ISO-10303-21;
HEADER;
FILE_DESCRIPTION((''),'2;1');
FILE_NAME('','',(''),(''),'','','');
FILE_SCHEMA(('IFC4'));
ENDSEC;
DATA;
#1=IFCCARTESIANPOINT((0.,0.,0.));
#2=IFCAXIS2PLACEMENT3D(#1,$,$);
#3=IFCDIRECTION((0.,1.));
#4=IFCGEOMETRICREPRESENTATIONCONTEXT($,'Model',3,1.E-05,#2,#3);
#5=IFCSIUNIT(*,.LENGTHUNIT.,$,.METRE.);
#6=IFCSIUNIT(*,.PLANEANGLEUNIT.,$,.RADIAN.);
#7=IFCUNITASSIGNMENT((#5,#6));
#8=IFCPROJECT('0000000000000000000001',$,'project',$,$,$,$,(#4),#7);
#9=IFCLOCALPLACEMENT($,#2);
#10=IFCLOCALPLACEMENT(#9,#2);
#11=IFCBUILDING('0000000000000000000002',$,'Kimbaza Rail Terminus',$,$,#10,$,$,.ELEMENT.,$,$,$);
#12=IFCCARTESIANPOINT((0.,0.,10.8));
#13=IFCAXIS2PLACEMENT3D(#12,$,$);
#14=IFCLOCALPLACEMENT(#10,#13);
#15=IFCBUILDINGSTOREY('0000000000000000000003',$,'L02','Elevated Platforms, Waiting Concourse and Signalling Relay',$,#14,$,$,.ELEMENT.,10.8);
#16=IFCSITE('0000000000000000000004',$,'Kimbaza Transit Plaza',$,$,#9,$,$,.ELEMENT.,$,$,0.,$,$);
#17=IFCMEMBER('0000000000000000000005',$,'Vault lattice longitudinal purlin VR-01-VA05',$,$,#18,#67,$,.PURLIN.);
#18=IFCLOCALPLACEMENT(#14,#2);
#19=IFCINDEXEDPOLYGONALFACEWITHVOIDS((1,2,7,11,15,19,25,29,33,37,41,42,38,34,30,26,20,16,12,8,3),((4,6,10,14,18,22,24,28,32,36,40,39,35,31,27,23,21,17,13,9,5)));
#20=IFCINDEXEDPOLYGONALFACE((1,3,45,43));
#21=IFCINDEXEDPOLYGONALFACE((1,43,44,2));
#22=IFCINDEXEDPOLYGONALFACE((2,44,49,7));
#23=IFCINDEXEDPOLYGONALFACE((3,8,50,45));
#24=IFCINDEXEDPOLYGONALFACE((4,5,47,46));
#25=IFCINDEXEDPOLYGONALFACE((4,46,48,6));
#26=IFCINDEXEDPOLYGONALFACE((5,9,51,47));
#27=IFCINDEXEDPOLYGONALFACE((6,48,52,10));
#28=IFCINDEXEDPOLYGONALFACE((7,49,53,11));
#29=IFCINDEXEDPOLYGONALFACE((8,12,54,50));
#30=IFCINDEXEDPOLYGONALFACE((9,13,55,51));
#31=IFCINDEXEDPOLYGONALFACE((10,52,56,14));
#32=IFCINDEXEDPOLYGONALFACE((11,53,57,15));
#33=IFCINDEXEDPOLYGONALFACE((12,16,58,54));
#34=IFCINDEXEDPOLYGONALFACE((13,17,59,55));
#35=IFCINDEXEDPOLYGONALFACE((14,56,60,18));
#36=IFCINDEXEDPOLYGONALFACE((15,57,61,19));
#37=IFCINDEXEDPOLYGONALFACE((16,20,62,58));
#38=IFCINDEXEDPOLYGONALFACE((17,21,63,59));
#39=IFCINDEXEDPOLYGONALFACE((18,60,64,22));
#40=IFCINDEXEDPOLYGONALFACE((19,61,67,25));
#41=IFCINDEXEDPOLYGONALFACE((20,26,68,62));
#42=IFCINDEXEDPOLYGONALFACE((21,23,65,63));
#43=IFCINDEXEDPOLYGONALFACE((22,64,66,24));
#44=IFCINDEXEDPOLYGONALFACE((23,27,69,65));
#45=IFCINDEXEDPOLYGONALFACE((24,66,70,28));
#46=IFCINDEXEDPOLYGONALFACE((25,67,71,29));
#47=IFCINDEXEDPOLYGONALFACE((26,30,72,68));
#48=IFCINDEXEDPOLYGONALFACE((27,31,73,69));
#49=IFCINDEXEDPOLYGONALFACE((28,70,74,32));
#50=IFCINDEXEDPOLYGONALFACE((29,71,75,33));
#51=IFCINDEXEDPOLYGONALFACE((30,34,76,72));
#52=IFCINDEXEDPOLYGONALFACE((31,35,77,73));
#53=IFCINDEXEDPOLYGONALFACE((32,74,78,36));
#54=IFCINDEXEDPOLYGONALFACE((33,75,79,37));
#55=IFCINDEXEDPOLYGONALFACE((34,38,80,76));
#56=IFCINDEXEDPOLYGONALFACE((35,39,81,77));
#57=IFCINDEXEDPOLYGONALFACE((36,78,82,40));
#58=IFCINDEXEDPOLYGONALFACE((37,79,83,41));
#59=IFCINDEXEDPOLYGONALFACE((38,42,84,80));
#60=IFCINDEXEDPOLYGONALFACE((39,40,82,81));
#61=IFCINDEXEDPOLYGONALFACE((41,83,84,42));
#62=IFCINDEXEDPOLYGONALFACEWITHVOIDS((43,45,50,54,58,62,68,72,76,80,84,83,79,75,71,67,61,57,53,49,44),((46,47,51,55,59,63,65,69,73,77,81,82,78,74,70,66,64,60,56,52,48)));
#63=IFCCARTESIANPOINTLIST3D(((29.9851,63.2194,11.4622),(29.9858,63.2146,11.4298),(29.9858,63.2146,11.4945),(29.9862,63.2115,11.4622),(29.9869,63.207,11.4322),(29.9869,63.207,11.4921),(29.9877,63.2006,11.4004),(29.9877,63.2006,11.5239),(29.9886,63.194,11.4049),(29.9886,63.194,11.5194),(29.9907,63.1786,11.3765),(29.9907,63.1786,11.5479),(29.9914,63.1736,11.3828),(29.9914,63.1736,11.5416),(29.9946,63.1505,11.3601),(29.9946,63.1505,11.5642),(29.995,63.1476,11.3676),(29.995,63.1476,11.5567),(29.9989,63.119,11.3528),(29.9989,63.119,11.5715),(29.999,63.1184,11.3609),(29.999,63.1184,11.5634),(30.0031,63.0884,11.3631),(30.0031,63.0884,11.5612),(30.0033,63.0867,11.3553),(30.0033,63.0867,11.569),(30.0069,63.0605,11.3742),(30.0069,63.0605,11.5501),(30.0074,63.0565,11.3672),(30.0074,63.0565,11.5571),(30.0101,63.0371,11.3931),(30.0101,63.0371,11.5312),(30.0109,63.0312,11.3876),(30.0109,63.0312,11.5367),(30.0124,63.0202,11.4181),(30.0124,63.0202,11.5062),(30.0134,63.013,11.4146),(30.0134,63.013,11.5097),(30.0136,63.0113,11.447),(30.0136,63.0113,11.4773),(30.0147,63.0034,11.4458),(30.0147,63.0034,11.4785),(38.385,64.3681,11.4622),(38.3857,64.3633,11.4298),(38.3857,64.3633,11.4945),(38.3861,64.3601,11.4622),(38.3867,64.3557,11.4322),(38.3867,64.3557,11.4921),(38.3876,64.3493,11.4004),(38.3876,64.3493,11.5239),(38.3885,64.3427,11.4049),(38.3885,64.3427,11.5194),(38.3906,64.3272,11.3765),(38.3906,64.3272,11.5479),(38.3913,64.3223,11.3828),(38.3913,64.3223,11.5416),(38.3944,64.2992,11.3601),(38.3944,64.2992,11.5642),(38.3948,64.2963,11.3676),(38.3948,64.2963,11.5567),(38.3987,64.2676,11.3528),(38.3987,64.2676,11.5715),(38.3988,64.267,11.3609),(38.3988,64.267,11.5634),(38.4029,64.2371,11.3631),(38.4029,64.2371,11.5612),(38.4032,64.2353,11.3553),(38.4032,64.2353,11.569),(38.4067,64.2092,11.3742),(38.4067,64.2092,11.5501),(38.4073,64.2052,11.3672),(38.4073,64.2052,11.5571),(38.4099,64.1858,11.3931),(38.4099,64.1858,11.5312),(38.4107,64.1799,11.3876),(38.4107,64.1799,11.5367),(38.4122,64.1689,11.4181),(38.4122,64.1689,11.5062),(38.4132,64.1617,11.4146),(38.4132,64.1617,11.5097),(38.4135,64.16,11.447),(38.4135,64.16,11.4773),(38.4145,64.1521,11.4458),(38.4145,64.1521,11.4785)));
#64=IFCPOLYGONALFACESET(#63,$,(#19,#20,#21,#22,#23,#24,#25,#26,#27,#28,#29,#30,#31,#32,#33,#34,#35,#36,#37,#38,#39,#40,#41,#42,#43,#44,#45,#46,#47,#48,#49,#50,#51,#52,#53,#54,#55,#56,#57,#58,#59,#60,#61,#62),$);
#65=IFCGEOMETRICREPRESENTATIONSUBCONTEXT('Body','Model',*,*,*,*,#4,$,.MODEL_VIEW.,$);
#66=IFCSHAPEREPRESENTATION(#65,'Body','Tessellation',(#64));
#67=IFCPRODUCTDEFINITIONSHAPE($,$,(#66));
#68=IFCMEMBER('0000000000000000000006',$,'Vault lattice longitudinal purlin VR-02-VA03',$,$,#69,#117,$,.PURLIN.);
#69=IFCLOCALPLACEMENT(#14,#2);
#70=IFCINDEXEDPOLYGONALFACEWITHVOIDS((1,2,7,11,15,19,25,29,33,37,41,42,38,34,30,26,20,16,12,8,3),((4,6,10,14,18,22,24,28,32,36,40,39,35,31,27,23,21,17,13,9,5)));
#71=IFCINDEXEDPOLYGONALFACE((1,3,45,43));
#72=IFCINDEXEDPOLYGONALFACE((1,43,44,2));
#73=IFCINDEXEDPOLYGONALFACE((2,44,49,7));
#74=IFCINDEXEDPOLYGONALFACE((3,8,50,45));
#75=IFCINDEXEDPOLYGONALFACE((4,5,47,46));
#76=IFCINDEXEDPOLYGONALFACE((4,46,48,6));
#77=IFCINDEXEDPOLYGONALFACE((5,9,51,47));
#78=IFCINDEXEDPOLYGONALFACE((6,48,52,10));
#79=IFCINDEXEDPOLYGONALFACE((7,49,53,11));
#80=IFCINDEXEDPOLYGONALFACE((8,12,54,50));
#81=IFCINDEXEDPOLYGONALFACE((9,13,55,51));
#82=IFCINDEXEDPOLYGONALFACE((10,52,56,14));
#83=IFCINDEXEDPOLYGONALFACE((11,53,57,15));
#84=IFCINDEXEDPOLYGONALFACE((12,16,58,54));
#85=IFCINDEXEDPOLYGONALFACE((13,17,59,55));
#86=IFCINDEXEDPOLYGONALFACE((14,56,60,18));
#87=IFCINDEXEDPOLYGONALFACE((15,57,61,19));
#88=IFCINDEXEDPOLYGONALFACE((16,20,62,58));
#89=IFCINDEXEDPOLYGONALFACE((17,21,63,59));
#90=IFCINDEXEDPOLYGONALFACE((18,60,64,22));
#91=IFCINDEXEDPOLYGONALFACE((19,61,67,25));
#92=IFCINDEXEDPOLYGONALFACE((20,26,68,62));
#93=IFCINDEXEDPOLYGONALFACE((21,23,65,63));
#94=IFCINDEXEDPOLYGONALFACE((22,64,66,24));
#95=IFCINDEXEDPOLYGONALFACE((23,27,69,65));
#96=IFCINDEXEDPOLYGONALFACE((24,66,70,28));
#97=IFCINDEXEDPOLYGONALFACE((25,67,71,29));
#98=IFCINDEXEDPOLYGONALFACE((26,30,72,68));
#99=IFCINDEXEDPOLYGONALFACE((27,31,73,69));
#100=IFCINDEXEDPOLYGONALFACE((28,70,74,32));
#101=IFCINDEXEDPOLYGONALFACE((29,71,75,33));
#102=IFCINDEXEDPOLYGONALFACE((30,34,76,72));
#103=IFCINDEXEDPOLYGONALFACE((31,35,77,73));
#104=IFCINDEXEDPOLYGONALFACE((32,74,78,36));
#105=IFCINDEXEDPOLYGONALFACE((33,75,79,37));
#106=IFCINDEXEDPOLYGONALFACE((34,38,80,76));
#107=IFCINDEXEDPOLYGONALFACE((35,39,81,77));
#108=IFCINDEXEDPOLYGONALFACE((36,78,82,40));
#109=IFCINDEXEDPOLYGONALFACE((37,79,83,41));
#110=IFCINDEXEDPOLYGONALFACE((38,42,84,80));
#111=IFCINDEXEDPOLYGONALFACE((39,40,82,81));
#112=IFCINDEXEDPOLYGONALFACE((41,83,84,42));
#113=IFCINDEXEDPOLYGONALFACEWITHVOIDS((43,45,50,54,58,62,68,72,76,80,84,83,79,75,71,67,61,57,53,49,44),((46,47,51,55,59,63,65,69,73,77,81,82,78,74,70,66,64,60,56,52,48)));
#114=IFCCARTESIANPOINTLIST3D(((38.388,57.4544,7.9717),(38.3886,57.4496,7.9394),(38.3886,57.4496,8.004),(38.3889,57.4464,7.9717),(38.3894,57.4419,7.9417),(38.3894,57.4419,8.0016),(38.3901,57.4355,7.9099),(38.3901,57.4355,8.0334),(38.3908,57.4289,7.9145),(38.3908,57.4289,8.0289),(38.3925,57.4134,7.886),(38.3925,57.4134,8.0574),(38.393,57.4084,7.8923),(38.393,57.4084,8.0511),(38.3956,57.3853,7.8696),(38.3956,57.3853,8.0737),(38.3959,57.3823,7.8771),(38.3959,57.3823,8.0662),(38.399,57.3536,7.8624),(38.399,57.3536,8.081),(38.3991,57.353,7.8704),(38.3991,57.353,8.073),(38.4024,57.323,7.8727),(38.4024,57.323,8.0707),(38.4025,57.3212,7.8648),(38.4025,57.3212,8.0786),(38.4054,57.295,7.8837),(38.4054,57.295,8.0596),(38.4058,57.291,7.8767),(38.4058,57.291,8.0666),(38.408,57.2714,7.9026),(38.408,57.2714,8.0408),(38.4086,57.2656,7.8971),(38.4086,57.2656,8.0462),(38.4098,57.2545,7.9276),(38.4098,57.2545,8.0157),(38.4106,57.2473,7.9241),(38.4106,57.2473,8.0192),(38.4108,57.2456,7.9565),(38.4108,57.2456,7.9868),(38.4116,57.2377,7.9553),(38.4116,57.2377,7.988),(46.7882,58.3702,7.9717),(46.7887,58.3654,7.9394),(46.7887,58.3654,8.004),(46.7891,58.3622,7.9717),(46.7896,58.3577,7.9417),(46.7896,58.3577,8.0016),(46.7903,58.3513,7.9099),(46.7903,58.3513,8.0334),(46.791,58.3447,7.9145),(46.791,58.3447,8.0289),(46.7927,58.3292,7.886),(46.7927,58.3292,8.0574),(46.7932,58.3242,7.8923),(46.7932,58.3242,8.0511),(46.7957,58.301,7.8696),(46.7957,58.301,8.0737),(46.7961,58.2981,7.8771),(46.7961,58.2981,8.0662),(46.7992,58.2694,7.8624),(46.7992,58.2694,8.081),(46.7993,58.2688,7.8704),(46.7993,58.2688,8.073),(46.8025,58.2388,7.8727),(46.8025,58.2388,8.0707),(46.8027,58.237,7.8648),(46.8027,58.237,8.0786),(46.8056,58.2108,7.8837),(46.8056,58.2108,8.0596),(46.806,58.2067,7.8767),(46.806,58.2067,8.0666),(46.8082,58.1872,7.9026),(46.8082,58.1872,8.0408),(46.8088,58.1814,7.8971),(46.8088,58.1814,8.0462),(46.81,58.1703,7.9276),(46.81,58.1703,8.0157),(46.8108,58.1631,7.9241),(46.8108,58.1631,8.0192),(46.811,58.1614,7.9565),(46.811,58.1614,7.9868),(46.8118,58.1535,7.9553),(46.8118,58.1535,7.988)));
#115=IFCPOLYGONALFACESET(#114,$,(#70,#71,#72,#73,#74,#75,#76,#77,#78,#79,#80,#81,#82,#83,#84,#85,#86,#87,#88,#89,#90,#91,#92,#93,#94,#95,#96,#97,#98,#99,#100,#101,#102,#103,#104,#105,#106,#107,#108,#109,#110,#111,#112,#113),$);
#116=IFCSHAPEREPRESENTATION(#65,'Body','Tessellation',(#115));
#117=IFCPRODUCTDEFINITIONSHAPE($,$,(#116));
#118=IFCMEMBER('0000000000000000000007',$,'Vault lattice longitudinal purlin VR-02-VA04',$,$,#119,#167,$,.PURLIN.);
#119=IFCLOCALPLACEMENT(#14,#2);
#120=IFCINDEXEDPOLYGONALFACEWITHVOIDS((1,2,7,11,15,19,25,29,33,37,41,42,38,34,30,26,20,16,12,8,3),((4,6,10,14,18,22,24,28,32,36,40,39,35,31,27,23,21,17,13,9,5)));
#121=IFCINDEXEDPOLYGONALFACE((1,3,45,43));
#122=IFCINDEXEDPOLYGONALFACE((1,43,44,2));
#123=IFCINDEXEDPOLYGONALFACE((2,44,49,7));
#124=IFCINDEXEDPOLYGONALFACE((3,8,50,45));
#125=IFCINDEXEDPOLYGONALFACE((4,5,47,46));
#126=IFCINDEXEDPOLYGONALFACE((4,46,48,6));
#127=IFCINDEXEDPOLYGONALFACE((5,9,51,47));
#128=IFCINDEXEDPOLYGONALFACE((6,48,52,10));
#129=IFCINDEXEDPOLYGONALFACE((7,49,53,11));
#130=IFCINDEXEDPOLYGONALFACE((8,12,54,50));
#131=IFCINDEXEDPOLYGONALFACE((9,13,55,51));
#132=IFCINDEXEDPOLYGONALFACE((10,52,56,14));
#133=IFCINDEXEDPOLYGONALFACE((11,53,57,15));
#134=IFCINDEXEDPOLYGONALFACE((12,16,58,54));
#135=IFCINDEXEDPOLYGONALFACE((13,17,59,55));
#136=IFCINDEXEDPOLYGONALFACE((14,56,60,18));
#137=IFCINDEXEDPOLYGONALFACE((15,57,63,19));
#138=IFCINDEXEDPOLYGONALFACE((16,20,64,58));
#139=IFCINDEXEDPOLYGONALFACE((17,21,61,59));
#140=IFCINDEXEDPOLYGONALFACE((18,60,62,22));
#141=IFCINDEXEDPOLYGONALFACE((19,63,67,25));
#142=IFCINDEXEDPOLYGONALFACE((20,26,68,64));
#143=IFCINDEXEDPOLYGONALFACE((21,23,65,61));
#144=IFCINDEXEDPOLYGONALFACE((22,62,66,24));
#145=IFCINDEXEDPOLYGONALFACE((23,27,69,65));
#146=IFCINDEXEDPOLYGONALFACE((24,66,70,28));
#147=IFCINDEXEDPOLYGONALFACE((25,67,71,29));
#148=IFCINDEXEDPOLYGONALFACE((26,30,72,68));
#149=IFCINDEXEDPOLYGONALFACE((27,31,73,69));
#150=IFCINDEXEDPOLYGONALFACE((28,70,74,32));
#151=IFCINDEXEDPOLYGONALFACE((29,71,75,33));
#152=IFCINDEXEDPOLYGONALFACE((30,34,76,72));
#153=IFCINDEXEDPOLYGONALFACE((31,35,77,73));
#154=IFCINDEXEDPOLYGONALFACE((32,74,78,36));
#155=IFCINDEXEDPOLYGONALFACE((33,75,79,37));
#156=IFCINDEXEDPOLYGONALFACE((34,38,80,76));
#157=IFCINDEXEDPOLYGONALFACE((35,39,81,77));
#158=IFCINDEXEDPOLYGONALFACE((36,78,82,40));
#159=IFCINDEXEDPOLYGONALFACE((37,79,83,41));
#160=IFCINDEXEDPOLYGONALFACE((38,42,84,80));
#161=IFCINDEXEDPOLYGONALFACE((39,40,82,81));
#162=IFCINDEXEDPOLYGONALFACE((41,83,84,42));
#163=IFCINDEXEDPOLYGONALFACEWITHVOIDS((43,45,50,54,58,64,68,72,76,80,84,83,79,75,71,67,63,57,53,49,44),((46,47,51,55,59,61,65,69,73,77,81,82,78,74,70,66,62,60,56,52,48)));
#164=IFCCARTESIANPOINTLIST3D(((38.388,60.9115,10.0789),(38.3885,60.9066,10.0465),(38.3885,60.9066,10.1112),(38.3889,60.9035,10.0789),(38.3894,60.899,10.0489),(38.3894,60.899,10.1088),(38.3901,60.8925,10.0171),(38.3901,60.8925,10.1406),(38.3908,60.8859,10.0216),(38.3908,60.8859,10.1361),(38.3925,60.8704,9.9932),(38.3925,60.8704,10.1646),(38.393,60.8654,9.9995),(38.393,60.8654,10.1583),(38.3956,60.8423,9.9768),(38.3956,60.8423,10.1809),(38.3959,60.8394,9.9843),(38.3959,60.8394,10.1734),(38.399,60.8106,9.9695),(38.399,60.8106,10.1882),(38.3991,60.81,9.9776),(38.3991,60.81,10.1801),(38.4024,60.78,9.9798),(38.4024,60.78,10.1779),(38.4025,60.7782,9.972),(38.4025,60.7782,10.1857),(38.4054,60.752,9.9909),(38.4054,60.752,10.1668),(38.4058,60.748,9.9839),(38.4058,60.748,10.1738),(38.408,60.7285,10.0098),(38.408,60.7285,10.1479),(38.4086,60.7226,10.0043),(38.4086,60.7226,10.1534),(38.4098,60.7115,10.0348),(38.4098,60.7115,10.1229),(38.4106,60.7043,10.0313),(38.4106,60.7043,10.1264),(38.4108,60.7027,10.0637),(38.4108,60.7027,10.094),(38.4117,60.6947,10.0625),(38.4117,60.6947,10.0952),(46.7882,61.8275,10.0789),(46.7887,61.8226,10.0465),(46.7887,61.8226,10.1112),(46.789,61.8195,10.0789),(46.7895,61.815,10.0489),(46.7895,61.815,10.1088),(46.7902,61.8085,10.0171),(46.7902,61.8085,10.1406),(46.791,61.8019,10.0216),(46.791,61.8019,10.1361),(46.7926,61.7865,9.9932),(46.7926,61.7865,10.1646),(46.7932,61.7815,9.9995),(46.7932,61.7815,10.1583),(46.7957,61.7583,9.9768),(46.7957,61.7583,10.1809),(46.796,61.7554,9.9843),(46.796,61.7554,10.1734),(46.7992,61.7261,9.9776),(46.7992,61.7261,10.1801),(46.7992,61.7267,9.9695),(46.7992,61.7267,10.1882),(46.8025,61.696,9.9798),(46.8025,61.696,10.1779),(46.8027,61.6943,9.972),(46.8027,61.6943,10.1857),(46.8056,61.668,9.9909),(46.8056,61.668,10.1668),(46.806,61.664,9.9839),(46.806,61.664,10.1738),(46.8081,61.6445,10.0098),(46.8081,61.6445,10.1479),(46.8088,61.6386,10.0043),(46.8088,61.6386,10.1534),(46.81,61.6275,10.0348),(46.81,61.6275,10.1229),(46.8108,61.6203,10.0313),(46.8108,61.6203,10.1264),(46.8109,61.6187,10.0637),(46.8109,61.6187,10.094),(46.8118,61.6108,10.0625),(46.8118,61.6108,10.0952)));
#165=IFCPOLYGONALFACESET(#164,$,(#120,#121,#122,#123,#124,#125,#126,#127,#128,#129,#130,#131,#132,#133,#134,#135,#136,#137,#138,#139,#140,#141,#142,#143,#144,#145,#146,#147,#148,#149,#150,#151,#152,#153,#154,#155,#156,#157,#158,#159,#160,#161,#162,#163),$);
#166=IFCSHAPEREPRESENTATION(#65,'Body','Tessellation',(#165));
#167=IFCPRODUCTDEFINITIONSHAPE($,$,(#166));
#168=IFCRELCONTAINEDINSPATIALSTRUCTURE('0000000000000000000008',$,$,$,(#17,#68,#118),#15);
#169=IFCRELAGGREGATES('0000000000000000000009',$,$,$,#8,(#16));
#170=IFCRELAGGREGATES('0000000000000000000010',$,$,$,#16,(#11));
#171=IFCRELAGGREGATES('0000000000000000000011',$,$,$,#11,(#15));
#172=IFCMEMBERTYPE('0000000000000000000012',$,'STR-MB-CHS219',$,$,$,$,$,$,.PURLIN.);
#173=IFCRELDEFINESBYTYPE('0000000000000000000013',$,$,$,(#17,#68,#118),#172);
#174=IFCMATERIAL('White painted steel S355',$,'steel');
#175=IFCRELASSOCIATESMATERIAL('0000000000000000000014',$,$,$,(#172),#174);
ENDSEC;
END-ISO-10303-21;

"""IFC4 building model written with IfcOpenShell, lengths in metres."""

from ifc_helpers import new_model, si_unit, direction, frame, origin, origin_2d, place, context, subcontext, project, spatial, hollow_circle, extrude, material, material_profile, profile_set, type_object, element, save


model = new_model("IFC4")

# Units and contexts
model_context = context("Model", 3, precision=1e-05, world=origin(), true_north=direction((0.0, 1.0)))
body_context = subcontext(model_context, "Body", "Model", "MODEL_VIEW")
ifc_project = project(units=[si_unit("LENGTHUNIT", "METRE"), si_unit("PLANEANGLEUNIT", "RADIAN")], contexts=[model_context])

# Site, building, storey
site_placement = place(None, origin())
site = spatial("IfcSite", under=ifc_project, at=site_placement, Name="Kimbaza Transit Plaza", CompositionType="ELEMENT", RefElevation=0.0)
building_placement = place(site_placement, origin())
building = spatial("IfcBuilding", under=site, at=building_placement, Name="Kimbaza Rail Terminus", CompositionType="ELEMENT")
storey_placement = place(building_placement, frame((0.0, 0.0, 10.8)))
storey = spatial("IfcBuildingStorey", under=building, at=storey_placement, Name="L02", Description="Elevated Platforms, Waiting Concourse and Signalling Relay", CompositionType="ELEMENT", Elevation=10.8)

# Members
ifc_material_1 = material(Name="White painted steel S355", Category="steel")
ifc_material_profile_1 = material_profile(ifc_material_1, hollow_circle(Radius=0.1096, WallThickness=0.0081, at=origin_2d()), Name="CHS 219.1x8")
ifc_profile_set_1 = profile_set([ifc_material_profile_1], Name="White painted steel S355")
member_type_1 = type_object("IfcMemberType", Name="STR-MB-CHS219", PredefinedType="PURLIN", material=ifc_profile_set_1)
member_1_placement = place(storey_placement, frame((30.0, 63.1108, 11.4622), z_axis=(0.990779, 0.135488, 0.0), x_axis=(-0.135488, 0.990779, 0.0)))
element("IfcMember", 1, at=member_1_placement, inside=storey, type_object=member_type_1, Name="Vault lattice longitudinal purlin VR-01-VA05", PredefinedType="PURLIN", context=body_context, shape_type="SweptSolid", body=[
    extrude(hollow_circle(Radius=0.1096, WallThickness=0.0081, at=origin_2d()), origin(), (0.0, 0.0, 1.0), 8.478),
])
for number, where, z_axis, x_axis, name in (
    (2, (38.3999, 57.3455, 7.9717), (0.99411, 0.108376, 0.0), (-0.108376, 0.99411, 0.0), "Vault lattice longitudinal purlin VR-02-VA03"),
    (3, (38.3999, 60.8025, 10.0789), (0.994107, 0.108405, 0.0), (-0.108405, 0.994107, 0.0), "Vault lattice longitudinal purlin VR-02-VA04"),
):
    element("IfcMember", number, at=place(storey_placement, frame(where, z_axis=z_axis, x_axis=x_axis)), inside=storey, type_object=member_type_1, Name=name, PredefinedType="PURLIN", context=body_context, shape_type="SweptSolid", body=[
        extrude(hollow_circle(Radius=0.1096, WallThickness=0.0081, at=origin_2d()), origin(), (0.0, 0.0, 1.0), 8.45),
    ])

save(model, "model.ifc")
